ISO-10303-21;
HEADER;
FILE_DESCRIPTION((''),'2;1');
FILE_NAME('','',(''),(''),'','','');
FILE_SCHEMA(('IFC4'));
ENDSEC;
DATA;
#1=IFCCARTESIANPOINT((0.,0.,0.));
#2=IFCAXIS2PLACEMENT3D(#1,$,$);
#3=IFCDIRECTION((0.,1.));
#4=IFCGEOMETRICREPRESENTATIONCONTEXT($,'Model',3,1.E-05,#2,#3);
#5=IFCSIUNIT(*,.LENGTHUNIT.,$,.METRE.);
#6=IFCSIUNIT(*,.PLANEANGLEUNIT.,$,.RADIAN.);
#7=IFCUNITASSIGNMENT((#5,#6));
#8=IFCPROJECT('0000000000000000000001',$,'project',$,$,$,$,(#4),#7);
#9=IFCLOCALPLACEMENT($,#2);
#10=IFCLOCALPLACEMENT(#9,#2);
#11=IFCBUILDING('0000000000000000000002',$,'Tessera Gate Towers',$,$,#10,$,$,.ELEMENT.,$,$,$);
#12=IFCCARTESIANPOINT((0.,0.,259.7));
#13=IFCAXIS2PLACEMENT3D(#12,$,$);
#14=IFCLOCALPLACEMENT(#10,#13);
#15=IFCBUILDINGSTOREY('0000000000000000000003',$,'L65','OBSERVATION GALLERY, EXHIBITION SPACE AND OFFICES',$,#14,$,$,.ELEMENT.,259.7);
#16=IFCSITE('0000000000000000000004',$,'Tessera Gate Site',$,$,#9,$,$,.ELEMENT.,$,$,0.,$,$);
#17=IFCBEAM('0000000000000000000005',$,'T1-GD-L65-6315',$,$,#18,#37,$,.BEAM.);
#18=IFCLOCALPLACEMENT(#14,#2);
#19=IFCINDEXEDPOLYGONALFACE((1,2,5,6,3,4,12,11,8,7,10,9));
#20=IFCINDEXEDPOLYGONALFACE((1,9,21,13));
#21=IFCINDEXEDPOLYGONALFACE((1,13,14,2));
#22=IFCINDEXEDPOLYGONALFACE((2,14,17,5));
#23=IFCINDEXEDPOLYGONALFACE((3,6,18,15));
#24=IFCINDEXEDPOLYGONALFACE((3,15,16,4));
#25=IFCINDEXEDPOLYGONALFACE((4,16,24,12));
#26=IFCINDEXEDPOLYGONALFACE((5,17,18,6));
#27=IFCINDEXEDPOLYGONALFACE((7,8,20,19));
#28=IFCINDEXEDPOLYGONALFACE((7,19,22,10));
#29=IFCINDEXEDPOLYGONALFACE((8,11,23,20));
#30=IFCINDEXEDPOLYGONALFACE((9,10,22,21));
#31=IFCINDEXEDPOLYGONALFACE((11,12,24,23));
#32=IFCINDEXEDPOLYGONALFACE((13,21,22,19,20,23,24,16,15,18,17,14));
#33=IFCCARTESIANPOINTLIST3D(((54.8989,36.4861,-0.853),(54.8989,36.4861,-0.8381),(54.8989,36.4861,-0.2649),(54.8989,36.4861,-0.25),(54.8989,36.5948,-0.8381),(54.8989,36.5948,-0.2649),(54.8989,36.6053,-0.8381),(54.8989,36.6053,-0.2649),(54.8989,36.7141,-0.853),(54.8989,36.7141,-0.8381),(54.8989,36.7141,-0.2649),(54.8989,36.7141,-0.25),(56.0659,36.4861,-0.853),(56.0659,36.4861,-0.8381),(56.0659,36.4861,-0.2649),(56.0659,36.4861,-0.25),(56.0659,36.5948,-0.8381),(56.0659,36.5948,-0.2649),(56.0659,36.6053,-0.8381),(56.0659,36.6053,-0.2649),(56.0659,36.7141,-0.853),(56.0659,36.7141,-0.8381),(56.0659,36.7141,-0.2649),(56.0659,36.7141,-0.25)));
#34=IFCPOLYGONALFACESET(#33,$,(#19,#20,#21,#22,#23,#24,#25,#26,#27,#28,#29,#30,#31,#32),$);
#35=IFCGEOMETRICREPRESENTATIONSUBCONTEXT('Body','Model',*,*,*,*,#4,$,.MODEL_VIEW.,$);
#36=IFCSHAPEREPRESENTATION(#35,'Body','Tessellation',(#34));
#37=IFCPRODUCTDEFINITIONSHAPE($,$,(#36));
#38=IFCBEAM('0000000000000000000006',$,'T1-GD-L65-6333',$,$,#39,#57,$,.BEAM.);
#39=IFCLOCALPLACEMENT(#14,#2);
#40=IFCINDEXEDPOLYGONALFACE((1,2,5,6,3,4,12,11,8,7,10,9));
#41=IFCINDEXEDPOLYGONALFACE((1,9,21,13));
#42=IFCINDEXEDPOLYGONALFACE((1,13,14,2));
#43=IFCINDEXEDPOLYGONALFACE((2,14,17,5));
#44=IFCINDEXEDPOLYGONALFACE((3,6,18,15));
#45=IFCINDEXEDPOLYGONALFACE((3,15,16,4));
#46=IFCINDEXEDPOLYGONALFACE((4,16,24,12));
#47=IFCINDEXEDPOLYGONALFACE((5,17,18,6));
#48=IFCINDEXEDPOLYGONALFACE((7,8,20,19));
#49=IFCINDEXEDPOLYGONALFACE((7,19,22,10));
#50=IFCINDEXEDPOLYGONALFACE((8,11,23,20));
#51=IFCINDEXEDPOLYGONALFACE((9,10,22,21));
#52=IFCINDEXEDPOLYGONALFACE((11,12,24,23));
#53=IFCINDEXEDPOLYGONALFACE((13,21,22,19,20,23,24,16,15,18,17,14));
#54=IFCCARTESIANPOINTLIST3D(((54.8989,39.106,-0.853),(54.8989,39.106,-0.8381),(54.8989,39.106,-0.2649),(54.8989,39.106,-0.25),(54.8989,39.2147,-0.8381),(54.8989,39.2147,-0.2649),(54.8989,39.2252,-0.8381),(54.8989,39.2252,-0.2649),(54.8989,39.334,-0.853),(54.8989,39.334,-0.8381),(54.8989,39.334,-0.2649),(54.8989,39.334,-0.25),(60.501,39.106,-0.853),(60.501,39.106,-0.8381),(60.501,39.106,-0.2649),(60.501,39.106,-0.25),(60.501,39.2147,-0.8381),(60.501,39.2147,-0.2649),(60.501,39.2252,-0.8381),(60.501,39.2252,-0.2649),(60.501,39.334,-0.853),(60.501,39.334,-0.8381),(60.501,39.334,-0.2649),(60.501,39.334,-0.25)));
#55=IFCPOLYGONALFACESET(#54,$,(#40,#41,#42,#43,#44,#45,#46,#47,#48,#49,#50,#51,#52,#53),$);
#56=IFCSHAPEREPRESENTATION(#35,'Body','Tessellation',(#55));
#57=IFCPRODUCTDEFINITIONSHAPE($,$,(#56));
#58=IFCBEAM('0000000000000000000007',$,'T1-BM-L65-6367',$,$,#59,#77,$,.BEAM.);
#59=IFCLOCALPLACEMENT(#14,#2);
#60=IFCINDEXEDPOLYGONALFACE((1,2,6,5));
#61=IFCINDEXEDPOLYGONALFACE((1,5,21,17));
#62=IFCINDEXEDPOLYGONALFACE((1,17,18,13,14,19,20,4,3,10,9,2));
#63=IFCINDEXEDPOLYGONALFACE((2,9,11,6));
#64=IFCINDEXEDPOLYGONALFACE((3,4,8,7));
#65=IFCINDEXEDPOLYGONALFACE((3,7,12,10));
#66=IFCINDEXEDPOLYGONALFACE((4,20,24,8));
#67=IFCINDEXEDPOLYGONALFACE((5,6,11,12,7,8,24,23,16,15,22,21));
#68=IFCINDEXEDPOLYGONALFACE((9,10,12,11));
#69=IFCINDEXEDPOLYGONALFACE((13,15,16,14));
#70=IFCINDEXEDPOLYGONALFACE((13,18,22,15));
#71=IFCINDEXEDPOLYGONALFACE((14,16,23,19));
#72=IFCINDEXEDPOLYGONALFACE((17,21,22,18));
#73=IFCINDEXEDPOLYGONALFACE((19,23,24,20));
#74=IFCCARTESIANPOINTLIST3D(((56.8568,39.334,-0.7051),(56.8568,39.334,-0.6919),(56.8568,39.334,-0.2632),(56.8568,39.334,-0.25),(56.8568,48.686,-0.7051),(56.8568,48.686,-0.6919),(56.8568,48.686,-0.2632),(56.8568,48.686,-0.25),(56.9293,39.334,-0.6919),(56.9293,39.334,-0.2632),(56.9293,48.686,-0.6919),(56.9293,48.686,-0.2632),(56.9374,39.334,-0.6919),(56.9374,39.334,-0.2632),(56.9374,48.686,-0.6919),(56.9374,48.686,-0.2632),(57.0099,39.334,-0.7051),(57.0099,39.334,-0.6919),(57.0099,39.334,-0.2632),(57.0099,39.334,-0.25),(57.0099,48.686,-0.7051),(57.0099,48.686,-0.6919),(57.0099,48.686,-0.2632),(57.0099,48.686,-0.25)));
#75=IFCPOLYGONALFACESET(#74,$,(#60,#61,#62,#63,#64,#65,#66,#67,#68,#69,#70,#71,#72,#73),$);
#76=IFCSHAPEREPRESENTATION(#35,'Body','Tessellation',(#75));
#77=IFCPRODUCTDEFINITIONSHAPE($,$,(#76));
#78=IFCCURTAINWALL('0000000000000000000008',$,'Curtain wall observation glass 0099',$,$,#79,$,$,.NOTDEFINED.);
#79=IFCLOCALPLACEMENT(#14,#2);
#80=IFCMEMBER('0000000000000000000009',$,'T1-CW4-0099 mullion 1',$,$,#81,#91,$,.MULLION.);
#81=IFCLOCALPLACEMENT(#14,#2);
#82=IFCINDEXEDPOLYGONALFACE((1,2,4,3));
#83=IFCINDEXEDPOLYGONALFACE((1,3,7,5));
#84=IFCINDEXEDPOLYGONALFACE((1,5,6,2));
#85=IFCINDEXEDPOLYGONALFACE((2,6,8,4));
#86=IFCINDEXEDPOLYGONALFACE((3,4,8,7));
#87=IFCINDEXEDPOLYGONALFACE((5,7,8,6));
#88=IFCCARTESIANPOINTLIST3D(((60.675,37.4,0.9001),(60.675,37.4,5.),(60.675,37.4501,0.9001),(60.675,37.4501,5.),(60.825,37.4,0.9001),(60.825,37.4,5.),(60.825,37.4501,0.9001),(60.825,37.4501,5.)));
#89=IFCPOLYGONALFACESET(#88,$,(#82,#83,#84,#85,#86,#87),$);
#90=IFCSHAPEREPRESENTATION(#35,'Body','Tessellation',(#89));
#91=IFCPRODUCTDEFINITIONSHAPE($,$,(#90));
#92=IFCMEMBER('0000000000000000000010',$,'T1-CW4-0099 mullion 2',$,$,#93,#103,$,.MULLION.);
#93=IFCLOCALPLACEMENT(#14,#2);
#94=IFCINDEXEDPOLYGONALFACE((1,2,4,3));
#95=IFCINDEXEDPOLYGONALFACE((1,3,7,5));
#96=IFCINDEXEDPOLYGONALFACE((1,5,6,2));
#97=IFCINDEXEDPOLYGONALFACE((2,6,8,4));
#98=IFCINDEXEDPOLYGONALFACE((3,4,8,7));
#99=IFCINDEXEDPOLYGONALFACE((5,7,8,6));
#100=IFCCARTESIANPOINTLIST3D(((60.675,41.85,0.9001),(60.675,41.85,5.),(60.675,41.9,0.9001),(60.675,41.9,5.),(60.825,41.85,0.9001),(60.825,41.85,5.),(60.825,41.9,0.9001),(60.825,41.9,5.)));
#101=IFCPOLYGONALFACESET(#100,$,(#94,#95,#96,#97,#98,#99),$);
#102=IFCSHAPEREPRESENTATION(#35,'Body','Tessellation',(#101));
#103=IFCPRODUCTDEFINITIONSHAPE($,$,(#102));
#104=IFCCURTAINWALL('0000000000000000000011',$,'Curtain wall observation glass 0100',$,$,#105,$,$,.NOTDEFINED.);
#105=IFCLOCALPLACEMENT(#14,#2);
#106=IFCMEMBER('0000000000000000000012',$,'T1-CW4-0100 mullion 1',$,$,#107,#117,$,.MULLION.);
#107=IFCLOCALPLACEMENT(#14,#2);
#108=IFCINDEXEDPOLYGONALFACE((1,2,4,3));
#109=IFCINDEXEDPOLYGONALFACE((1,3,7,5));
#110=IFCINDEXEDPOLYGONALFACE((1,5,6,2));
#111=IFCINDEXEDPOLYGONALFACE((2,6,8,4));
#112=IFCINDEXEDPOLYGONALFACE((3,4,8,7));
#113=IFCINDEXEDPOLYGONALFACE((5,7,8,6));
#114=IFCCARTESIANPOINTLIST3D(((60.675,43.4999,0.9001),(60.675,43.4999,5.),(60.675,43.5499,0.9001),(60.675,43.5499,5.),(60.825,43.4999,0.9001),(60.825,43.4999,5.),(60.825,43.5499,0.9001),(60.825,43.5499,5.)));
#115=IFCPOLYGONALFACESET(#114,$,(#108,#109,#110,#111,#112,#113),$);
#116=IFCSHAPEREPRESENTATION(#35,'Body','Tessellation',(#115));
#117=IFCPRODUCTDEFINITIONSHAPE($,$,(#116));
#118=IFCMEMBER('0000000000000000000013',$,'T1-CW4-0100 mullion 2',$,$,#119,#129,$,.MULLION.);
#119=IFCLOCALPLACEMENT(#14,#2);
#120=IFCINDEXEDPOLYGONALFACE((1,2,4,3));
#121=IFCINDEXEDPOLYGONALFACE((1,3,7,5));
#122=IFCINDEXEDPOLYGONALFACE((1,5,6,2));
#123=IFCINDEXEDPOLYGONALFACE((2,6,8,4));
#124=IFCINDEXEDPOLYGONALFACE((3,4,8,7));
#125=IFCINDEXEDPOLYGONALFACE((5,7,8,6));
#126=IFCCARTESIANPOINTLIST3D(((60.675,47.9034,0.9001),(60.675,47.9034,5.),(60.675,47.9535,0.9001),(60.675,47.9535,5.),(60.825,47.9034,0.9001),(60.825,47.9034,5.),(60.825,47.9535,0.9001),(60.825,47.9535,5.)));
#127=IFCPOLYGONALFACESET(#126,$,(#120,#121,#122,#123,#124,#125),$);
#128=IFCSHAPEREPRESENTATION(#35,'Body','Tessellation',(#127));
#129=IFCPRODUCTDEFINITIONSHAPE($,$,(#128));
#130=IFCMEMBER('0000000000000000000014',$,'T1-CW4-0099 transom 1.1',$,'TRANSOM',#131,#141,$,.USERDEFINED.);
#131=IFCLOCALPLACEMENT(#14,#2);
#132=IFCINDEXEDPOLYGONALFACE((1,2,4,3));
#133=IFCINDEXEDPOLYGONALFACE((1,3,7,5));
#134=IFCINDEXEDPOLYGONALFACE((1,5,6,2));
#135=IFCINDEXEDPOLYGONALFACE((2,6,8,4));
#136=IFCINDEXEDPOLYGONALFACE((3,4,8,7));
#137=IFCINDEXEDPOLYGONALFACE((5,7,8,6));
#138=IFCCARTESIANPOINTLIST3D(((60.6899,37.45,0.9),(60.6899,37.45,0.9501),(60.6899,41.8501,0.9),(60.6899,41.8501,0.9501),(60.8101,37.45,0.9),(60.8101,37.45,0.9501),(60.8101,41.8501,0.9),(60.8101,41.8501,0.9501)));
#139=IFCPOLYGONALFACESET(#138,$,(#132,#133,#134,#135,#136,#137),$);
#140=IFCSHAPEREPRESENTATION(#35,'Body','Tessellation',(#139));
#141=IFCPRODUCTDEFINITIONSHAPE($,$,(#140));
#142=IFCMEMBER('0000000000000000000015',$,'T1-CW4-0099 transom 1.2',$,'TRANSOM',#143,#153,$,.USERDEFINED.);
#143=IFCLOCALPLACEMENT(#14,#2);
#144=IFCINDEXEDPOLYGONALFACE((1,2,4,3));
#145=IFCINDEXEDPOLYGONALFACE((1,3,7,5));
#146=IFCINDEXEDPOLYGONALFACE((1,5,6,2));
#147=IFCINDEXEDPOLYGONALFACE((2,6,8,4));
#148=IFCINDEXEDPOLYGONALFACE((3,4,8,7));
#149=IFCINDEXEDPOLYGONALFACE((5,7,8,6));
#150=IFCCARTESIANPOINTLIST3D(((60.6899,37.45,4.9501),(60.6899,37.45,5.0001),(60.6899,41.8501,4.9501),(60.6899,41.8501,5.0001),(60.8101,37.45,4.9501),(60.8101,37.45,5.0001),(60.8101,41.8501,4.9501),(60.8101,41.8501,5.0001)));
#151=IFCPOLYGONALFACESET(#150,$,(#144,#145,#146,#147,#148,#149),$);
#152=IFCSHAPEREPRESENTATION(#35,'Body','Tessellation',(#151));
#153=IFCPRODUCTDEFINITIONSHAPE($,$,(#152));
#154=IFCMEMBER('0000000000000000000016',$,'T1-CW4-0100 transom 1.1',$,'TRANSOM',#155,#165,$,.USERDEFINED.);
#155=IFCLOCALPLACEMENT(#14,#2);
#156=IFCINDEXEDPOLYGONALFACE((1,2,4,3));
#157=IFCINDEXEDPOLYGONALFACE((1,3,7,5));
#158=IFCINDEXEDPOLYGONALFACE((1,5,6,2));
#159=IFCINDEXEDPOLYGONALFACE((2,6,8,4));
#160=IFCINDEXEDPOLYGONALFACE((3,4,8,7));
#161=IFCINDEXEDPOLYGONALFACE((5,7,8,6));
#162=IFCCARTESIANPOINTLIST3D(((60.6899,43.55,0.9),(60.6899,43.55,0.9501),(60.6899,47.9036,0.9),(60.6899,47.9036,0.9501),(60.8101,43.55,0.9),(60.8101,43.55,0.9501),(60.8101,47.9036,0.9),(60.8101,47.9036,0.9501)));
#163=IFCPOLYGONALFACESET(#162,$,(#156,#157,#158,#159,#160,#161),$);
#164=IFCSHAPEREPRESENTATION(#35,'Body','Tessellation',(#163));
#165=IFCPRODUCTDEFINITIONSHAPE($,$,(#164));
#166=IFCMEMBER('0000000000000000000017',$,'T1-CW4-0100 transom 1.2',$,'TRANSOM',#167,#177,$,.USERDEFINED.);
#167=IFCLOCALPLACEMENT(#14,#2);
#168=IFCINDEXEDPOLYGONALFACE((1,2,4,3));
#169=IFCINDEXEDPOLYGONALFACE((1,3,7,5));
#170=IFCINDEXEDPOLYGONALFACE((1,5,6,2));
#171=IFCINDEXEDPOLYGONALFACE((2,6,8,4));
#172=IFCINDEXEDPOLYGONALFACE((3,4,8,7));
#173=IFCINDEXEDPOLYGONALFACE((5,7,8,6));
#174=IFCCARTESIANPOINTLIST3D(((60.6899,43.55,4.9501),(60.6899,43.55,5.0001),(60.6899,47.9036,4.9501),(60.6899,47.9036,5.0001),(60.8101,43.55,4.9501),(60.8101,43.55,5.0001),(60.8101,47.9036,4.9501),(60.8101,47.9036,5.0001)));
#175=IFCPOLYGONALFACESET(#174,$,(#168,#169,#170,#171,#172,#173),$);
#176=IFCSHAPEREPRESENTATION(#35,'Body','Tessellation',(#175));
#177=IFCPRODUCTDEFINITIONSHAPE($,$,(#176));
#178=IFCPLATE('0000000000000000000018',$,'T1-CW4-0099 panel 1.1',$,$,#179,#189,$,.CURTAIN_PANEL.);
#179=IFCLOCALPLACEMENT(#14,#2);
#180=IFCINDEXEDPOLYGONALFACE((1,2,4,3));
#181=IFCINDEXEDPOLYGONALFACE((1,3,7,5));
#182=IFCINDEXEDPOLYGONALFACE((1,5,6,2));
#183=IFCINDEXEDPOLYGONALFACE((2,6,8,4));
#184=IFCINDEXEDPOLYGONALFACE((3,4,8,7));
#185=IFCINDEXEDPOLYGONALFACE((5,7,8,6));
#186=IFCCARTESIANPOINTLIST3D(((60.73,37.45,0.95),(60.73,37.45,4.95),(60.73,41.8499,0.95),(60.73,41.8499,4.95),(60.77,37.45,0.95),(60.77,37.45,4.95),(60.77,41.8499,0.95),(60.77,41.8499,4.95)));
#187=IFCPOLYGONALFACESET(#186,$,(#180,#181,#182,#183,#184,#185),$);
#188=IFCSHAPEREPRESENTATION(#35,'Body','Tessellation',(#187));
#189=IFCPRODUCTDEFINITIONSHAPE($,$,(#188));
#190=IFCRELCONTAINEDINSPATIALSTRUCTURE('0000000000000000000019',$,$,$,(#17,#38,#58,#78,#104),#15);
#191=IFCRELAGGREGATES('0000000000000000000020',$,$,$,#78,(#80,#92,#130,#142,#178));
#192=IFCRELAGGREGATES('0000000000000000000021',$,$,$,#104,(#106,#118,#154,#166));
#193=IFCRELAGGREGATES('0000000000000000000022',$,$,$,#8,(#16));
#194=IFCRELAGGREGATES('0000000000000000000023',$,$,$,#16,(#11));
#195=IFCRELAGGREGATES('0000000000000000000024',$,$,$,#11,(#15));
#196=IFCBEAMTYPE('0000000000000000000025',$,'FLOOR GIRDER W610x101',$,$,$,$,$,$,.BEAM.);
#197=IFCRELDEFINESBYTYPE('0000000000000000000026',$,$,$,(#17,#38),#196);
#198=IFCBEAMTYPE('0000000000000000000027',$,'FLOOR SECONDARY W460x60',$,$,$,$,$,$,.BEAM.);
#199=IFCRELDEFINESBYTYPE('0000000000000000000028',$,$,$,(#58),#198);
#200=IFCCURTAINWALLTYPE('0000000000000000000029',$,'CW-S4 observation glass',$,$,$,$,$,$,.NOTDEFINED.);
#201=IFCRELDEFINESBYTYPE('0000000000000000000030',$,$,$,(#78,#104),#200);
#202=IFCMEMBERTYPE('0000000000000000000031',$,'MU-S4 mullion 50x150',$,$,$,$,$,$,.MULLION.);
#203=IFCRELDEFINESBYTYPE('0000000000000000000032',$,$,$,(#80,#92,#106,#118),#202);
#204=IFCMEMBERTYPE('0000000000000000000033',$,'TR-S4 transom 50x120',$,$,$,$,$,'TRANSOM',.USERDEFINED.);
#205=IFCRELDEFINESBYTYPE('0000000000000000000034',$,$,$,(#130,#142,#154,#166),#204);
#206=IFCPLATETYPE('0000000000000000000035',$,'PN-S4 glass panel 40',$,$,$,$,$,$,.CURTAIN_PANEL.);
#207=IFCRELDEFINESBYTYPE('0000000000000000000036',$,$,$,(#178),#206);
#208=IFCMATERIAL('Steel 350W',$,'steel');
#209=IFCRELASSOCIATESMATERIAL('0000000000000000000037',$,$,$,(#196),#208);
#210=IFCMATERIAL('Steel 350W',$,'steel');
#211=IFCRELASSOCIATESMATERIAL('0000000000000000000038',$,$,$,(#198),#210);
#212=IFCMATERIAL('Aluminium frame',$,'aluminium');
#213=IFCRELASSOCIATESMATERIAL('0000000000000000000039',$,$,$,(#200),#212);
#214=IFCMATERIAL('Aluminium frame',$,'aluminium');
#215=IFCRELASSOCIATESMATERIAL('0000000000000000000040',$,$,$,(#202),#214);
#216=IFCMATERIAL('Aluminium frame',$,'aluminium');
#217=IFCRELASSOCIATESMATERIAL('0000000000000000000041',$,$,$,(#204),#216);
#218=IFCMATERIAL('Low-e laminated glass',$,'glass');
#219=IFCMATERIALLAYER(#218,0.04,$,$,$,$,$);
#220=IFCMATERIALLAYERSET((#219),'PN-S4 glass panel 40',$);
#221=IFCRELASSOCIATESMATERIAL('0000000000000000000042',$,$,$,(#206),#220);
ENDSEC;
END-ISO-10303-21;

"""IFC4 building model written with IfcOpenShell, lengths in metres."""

from ifc_helpers import new_model, si_unit, direction, frame, origin, origin_2d, place, context, subcontext, project, spatial, rectangle, i_section, extrude, material, layer, layer_set, material_profile, profile_set, type_object, element, aggregate, save


model = new_model("IFC4")

# Units and contexts
model_context = context("Model", 3, precision=1e-05, world=origin(), true_north=direction((0.0, 1.0)))
body_context = subcontext(model_context, "Body", "Model", "MODEL_VIEW")
ifc_project = project(units=[si_unit("LENGTHUNIT", "METRE"), si_unit("PLANEANGLEUNIT", "RADIAN")], contexts=[model_context])

# Site, building, storey
site_placement = place(None, origin())
site = spatial("IfcSite", under=ifc_project, at=site_placement, Name="Tessera Gate Site", CompositionType="ELEMENT", RefElevation=0.0)
building_placement = place(site_placement, origin())
building = spatial("IfcBuilding", under=site, at=building_placement, Name="Tessera Gate Towers", CompositionType="ELEMENT")
storey_placement = place(building_placement, frame((0.0, 0.0, 259.7)))
storey = spatial("IfcBuildingStorey", under=building, at=storey_placement, Name="L65", Description="OBSERVATION GALLERY, EXHIBITION SPACE AND OFFICES", CompositionType="ELEMENT", Elevation=259.7)

# Beams
ifc_material_1 = material(Name="Steel 350W", Category="steel")
ifc_material_profile_1 = material_profile(ifc_material_1, i_section(OverallWidth=0.228, OverallDepth=0.603, WebThickness=0.0105, FlangeThickness=0.0149, at=origin_2d()), Name="W610x101")
ifc_profile_set_1 = profile_set([ifc_material_profile_1], Name="Steel 350W")
beam_type_1 = type_object("IfcBeamType", Name="FLOOR GIRDER W610x101", PredefinedType="BEAM", material=ifc_profile_set_1)
beam_1_placement = place(storey_placement, frame((54.8989, 36.6001, -0.5515), z_axis=(1.0, 0.0, 0.0), x_axis=(0.0, 1.0, 0.0)))
element("IfcBeam", 1, at=beam_1_placement, inside=storey, type_object=beam_type_1, Name="T1-GD-L65-6315", PredefinedType="BEAM", context=body_context, shape_type="SweptSolid", body=[
    extrude(i_section(OverallWidth=0.228, OverallDepth=0.603, WebThickness=0.0105, FlangeThickness=0.0149, at=origin_2d()), origin(), (0.0, 0.0, 1.0), 1.167),
])
beam_2_placement = place(storey_placement, frame((54.8989, 39.22, -0.5515), z_axis=(1.0, 0.0, 0.0), x_axis=(0.0, 1.0, 0.0)))
element("IfcBeam", 2, at=beam_2_placement, inside=storey, type_object=beam_type_1, Name="T1-GD-L65-6333", PredefinedType="BEAM", context=body_context, shape_type="SweptSolid", body=[
    extrude(i_section(OverallWidth=0.228, OverallDepth=0.603, WebThickness=0.0105, FlangeThickness=0.0149, at=origin_2d()), origin(), (0.0, 0.0, 1.0), 5.6021),
])
ifc_material_2 = material(Name="Steel 350W", Category="steel")
ifc_material_profile_2 = material_profile(ifc_material_2, i_section(OverallWidth=0.1531, OverallDepth=0.4551, WebThickness=0.0081, FlangeThickness=0.0132, at=origin_2d()), Name="W460x60")
ifc_profile_set_2 = profile_set([ifc_material_profile_2], Name="Steel 350W")
beam_type_2 = type_object("IfcBeamType", Name="FLOOR SECONDARY W460x60", PredefinedType="BEAM", material=ifc_profile_set_2)
beam_3_placement = place(storey_placement, frame((56.9333, 39.334, -0.4775), z_axis=(0.0, 1.0, 0.0), x_axis=(-1.0, 0.0, 0.0)))
element("IfcBeam", 3, at=beam_3_placement, inside=storey, type_object=beam_type_2, Name="T1-BM-L65-6367", PredefinedType="BEAM", context=body_context, shape_type="SweptSolid", body=[
    extrude(i_section(OverallWidth=0.1531, OverallDepth=0.4551, WebThickness=0.0081, FlangeThickness=0.0132, at=origin_2d()), origin(), (0.0, 0.0, 1.0), 9.3521),
])

# Curtain walls, members
ifc_material_3 = material(Name="Aluminium frame", Category="aluminium")
curtain_wall_type = type_object("IfcCurtainWallType", Name="CW-S4 observation glass", PredefinedType="NOTDEFINED", material=ifc_material_3)
curtain_wall_1_placement = place(storey_placement, origin())
curtain_wall_1 = element("IfcCurtainWall", 4, at=curtain_wall_1_placement, inside=storey, type_object=curtain_wall_type, Name="Curtain wall observation glass 0099", PredefinedType="NOTDEFINED")
ifc_material_4 = material(Name="Aluminium frame", Category="aluminium")
ifc_material_profile_3 = material_profile(ifc_material_4, rectangle(XDim=0.05, YDim=0.1499, at=origin_2d()), Name="AL 50x150")
ifc_profile_set_3 = profile_set([ifc_material_profile_3], Name="Aluminium frame")
member_type_1 = type_object("IfcMemberType", Name="MU-S4 mullion 50x150", PredefinedType="MULLION", material=ifc_profile_set_3)
member_1_placement = place(storey_placement, frame((60.75, 37.425, 0.9001), z_axis=(0.0, 0.0, 1.0), x_axis=(0.0, 1.0, 0.0)))
member_1 = element("IfcMember", 5, at=member_1_placement, type_object=member_type_1, Name="T1-CW4-0099 mullion 1", PredefinedType="MULLION", context=body_context, shape_type="SweptSolid", body=[
    extrude(rectangle(XDim=0.05, YDim=0.1499, at=origin_2d()), origin(), (0.0, 0.0, 1.0), 4.0999),
])
member_2_placement = place(storey_placement, frame((60.75, 41.875, 0.9001), z_axis=(0.0, 0.0, 1.0), x_axis=(0.0, 1.0, 0.0)))
member_2 = element("IfcMember", 6, at=member_2_placement, type_object=member_type_1, Name="T1-CW4-0099 mullion 2", PredefinedType="MULLION", context=body_context, shape_type="SweptSolid", body=[
    extrude(rectangle(XDim=0.05, YDim=0.1499, at=origin_2d()), origin(), (0.0, 0.0, 1.0), 4.0999),
])
curtain_wall_2_placement = place(storey_placement, origin())
curtain_wall_2 = element("IfcCurtainWall", 7, at=curtain_wall_2_placement, inside=storey, type_object=curtain_wall_type, Name="Curtain wall observation glass 0100", PredefinedType="NOTDEFINED")
member_3_placement = place(storey_placement, frame((60.75, 43.5249, 0.9001), z_axis=(0.0, 0.0, 1.0), x_axis=(0.0, 1.0, 0.0)))
member_3 = element("IfcMember", 8, at=member_3_placement, type_object=member_type_1, Name="T1-CW4-0100 mullion 1", PredefinedType="MULLION", context=body_context, shape_type="SweptSolid", body=[
    extrude(rectangle(XDim=0.05, YDim=0.1499, at=origin_2d()), origin(), (0.0, 0.0, 1.0), 4.0999),
])
member_4_placement = place(storey_placement, frame((60.75, 47.9285, 0.9001), z_axis=(0.0, 0.0, 1.0), x_axis=(0.0, 1.0, 0.0)))
member_4 = element("IfcMember", 9, at=member_4_placement, type_object=member_type_1, Name="T1-CW4-0100 mullion 2", PredefinedType="MULLION", context=body_context, shape_type="SweptSolid", body=[
    extrude(rectangle(XDim=0.05, YDim=0.1499, at=origin_2d()), origin(), (0.0, 0.0, 1.0), 4.0999),
])

# Members
ifc_material_5 = material(Name="Aluminium frame", Category="aluminium")
ifc_material_profile_4 = material_profile(ifc_material_5, rectangle(XDim=0.1201, YDim=0.05, at=origin_2d()), Name="AL 50x120")
ifc_profile_set_4 = profile_set([ifc_material_profile_4], Name="Aluminium frame")
member_type_2 = type_object("IfcMemberType", Name="TR-S4 transom 50x120", ElementType="TRANSOM", PredefinedType="USERDEFINED", material=ifc_profile_set_4)
member_5_placement = place(storey_placement, frame((60.75, 37.45, 0.925), z_axis=(0.0, 1.0, 0.0), x_axis=(-1.0, 0.0, 0.0)))
member_5 = element("IfcMember", 10, at=member_5_placement, type_object=member_type_2, Name="T1-CW4-0099 transom 1.1", ObjectType="TRANSOM", PredefinedType="USERDEFINED", context=body_context, shape_type="SweptSolid", body=[
    extrude(rectangle(XDim=0.1201, YDim=0.05, at=origin_2d()), origin(), (0.0, 0.0, 1.0), 4.4001),
])
member_6_placement = place(storey_placement, frame((60.75, 37.45, 4.9751), z_axis=(0.0, 1.0, 0.0), x_axis=(-1.0, 0.0, 0.0)))
member_6 = element("IfcMember", 11, at=member_6_placement, type_object=member_type_2, Name="T1-CW4-0099 transom 1.2", ObjectType="TRANSOM", PredefinedType="USERDEFINED", context=body_context, shape_type="SweptSolid", body=[
    extrude(rectangle(XDim=0.1201, YDim=0.05, at=origin_2d()), origin(), (0.0, 0.0, 1.0), 4.4001),
])
member_7_placement = place(storey_placement, frame((60.75, 43.55, 0.925), z_axis=(0.0, 1.0, 0.0), x_axis=(-1.0, 0.0, 0.0)))
member_7 = element("IfcMember", 12, at=member_7_placement, type_object=member_type_2, Name="T1-CW4-0100 transom 1.1", ObjectType="TRANSOM", PredefinedType="USERDEFINED", context=body_context, shape_type="SweptSolid", body=[
    extrude(rectangle(XDim=0.1201, YDim=0.05, at=origin_2d()), origin(), (0.0, 0.0, 1.0), 4.3535),
])
member_8_placement = place(storey_placement, frame((60.75, 43.55, 4.9751), z_axis=(0.0, 1.0, 0.0), x_axis=(-1.0, 0.0, 0.0)))
member_8 = element("IfcMember", 13, at=member_8_placement, type_object=member_type_2, Name="T1-CW4-0100 transom 1.2", ObjectType="TRANSOM", PredefinedType="USERDEFINED", context=body_context, shape_type="SweptSolid", body=[
    extrude(rectangle(XDim=0.1201, YDim=0.05, at=origin_2d()), origin(), (0.0, 0.0, 1.0), 4.3535),
])

# Plate
ifc_material_6 = material(Name="Low-e laminated glass", Category="glass")
ifc_layer_1 = layer(ifc_material_6, 0.04)
ifc_layer_set_1 = layer_set([ifc_layer_1], Name="PN-S4 glass panel 40")
plate_type = type_object("IfcPlateType", Name="PN-S4 glass panel 40", PredefinedType="CURTAIN_PANEL", material=ifc_layer_set_1)
plate_1_placement = place(storey_placement, frame((60.75, 39.6499, 0.95), z_axis=(0.0, 0.0, 1.0), x_axis=(0.0, 1.0, 0.0)))
plate_1 = element("IfcPlate", 14, at=plate_1_placement, type_object=plate_type, Name="T1-CW4-0099 panel 1.1", PredefinedType="CURTAIN_PANEL", context=body_context, shape_type="SweptSolid", body=[
    extrude(rectangle(XDim=4.3999, YDim=0.04, at=origin_2d()), origin(), (0.0, 0.0, 1.0), 4.0),
])
aggregate(curtain_wall_1, [member_1, member_2, member_5, member_6, plate_1])
aggregate(curtain_wall_2, [member_3, member_4, member_7, member_8])

save(model, "model.ifc")
